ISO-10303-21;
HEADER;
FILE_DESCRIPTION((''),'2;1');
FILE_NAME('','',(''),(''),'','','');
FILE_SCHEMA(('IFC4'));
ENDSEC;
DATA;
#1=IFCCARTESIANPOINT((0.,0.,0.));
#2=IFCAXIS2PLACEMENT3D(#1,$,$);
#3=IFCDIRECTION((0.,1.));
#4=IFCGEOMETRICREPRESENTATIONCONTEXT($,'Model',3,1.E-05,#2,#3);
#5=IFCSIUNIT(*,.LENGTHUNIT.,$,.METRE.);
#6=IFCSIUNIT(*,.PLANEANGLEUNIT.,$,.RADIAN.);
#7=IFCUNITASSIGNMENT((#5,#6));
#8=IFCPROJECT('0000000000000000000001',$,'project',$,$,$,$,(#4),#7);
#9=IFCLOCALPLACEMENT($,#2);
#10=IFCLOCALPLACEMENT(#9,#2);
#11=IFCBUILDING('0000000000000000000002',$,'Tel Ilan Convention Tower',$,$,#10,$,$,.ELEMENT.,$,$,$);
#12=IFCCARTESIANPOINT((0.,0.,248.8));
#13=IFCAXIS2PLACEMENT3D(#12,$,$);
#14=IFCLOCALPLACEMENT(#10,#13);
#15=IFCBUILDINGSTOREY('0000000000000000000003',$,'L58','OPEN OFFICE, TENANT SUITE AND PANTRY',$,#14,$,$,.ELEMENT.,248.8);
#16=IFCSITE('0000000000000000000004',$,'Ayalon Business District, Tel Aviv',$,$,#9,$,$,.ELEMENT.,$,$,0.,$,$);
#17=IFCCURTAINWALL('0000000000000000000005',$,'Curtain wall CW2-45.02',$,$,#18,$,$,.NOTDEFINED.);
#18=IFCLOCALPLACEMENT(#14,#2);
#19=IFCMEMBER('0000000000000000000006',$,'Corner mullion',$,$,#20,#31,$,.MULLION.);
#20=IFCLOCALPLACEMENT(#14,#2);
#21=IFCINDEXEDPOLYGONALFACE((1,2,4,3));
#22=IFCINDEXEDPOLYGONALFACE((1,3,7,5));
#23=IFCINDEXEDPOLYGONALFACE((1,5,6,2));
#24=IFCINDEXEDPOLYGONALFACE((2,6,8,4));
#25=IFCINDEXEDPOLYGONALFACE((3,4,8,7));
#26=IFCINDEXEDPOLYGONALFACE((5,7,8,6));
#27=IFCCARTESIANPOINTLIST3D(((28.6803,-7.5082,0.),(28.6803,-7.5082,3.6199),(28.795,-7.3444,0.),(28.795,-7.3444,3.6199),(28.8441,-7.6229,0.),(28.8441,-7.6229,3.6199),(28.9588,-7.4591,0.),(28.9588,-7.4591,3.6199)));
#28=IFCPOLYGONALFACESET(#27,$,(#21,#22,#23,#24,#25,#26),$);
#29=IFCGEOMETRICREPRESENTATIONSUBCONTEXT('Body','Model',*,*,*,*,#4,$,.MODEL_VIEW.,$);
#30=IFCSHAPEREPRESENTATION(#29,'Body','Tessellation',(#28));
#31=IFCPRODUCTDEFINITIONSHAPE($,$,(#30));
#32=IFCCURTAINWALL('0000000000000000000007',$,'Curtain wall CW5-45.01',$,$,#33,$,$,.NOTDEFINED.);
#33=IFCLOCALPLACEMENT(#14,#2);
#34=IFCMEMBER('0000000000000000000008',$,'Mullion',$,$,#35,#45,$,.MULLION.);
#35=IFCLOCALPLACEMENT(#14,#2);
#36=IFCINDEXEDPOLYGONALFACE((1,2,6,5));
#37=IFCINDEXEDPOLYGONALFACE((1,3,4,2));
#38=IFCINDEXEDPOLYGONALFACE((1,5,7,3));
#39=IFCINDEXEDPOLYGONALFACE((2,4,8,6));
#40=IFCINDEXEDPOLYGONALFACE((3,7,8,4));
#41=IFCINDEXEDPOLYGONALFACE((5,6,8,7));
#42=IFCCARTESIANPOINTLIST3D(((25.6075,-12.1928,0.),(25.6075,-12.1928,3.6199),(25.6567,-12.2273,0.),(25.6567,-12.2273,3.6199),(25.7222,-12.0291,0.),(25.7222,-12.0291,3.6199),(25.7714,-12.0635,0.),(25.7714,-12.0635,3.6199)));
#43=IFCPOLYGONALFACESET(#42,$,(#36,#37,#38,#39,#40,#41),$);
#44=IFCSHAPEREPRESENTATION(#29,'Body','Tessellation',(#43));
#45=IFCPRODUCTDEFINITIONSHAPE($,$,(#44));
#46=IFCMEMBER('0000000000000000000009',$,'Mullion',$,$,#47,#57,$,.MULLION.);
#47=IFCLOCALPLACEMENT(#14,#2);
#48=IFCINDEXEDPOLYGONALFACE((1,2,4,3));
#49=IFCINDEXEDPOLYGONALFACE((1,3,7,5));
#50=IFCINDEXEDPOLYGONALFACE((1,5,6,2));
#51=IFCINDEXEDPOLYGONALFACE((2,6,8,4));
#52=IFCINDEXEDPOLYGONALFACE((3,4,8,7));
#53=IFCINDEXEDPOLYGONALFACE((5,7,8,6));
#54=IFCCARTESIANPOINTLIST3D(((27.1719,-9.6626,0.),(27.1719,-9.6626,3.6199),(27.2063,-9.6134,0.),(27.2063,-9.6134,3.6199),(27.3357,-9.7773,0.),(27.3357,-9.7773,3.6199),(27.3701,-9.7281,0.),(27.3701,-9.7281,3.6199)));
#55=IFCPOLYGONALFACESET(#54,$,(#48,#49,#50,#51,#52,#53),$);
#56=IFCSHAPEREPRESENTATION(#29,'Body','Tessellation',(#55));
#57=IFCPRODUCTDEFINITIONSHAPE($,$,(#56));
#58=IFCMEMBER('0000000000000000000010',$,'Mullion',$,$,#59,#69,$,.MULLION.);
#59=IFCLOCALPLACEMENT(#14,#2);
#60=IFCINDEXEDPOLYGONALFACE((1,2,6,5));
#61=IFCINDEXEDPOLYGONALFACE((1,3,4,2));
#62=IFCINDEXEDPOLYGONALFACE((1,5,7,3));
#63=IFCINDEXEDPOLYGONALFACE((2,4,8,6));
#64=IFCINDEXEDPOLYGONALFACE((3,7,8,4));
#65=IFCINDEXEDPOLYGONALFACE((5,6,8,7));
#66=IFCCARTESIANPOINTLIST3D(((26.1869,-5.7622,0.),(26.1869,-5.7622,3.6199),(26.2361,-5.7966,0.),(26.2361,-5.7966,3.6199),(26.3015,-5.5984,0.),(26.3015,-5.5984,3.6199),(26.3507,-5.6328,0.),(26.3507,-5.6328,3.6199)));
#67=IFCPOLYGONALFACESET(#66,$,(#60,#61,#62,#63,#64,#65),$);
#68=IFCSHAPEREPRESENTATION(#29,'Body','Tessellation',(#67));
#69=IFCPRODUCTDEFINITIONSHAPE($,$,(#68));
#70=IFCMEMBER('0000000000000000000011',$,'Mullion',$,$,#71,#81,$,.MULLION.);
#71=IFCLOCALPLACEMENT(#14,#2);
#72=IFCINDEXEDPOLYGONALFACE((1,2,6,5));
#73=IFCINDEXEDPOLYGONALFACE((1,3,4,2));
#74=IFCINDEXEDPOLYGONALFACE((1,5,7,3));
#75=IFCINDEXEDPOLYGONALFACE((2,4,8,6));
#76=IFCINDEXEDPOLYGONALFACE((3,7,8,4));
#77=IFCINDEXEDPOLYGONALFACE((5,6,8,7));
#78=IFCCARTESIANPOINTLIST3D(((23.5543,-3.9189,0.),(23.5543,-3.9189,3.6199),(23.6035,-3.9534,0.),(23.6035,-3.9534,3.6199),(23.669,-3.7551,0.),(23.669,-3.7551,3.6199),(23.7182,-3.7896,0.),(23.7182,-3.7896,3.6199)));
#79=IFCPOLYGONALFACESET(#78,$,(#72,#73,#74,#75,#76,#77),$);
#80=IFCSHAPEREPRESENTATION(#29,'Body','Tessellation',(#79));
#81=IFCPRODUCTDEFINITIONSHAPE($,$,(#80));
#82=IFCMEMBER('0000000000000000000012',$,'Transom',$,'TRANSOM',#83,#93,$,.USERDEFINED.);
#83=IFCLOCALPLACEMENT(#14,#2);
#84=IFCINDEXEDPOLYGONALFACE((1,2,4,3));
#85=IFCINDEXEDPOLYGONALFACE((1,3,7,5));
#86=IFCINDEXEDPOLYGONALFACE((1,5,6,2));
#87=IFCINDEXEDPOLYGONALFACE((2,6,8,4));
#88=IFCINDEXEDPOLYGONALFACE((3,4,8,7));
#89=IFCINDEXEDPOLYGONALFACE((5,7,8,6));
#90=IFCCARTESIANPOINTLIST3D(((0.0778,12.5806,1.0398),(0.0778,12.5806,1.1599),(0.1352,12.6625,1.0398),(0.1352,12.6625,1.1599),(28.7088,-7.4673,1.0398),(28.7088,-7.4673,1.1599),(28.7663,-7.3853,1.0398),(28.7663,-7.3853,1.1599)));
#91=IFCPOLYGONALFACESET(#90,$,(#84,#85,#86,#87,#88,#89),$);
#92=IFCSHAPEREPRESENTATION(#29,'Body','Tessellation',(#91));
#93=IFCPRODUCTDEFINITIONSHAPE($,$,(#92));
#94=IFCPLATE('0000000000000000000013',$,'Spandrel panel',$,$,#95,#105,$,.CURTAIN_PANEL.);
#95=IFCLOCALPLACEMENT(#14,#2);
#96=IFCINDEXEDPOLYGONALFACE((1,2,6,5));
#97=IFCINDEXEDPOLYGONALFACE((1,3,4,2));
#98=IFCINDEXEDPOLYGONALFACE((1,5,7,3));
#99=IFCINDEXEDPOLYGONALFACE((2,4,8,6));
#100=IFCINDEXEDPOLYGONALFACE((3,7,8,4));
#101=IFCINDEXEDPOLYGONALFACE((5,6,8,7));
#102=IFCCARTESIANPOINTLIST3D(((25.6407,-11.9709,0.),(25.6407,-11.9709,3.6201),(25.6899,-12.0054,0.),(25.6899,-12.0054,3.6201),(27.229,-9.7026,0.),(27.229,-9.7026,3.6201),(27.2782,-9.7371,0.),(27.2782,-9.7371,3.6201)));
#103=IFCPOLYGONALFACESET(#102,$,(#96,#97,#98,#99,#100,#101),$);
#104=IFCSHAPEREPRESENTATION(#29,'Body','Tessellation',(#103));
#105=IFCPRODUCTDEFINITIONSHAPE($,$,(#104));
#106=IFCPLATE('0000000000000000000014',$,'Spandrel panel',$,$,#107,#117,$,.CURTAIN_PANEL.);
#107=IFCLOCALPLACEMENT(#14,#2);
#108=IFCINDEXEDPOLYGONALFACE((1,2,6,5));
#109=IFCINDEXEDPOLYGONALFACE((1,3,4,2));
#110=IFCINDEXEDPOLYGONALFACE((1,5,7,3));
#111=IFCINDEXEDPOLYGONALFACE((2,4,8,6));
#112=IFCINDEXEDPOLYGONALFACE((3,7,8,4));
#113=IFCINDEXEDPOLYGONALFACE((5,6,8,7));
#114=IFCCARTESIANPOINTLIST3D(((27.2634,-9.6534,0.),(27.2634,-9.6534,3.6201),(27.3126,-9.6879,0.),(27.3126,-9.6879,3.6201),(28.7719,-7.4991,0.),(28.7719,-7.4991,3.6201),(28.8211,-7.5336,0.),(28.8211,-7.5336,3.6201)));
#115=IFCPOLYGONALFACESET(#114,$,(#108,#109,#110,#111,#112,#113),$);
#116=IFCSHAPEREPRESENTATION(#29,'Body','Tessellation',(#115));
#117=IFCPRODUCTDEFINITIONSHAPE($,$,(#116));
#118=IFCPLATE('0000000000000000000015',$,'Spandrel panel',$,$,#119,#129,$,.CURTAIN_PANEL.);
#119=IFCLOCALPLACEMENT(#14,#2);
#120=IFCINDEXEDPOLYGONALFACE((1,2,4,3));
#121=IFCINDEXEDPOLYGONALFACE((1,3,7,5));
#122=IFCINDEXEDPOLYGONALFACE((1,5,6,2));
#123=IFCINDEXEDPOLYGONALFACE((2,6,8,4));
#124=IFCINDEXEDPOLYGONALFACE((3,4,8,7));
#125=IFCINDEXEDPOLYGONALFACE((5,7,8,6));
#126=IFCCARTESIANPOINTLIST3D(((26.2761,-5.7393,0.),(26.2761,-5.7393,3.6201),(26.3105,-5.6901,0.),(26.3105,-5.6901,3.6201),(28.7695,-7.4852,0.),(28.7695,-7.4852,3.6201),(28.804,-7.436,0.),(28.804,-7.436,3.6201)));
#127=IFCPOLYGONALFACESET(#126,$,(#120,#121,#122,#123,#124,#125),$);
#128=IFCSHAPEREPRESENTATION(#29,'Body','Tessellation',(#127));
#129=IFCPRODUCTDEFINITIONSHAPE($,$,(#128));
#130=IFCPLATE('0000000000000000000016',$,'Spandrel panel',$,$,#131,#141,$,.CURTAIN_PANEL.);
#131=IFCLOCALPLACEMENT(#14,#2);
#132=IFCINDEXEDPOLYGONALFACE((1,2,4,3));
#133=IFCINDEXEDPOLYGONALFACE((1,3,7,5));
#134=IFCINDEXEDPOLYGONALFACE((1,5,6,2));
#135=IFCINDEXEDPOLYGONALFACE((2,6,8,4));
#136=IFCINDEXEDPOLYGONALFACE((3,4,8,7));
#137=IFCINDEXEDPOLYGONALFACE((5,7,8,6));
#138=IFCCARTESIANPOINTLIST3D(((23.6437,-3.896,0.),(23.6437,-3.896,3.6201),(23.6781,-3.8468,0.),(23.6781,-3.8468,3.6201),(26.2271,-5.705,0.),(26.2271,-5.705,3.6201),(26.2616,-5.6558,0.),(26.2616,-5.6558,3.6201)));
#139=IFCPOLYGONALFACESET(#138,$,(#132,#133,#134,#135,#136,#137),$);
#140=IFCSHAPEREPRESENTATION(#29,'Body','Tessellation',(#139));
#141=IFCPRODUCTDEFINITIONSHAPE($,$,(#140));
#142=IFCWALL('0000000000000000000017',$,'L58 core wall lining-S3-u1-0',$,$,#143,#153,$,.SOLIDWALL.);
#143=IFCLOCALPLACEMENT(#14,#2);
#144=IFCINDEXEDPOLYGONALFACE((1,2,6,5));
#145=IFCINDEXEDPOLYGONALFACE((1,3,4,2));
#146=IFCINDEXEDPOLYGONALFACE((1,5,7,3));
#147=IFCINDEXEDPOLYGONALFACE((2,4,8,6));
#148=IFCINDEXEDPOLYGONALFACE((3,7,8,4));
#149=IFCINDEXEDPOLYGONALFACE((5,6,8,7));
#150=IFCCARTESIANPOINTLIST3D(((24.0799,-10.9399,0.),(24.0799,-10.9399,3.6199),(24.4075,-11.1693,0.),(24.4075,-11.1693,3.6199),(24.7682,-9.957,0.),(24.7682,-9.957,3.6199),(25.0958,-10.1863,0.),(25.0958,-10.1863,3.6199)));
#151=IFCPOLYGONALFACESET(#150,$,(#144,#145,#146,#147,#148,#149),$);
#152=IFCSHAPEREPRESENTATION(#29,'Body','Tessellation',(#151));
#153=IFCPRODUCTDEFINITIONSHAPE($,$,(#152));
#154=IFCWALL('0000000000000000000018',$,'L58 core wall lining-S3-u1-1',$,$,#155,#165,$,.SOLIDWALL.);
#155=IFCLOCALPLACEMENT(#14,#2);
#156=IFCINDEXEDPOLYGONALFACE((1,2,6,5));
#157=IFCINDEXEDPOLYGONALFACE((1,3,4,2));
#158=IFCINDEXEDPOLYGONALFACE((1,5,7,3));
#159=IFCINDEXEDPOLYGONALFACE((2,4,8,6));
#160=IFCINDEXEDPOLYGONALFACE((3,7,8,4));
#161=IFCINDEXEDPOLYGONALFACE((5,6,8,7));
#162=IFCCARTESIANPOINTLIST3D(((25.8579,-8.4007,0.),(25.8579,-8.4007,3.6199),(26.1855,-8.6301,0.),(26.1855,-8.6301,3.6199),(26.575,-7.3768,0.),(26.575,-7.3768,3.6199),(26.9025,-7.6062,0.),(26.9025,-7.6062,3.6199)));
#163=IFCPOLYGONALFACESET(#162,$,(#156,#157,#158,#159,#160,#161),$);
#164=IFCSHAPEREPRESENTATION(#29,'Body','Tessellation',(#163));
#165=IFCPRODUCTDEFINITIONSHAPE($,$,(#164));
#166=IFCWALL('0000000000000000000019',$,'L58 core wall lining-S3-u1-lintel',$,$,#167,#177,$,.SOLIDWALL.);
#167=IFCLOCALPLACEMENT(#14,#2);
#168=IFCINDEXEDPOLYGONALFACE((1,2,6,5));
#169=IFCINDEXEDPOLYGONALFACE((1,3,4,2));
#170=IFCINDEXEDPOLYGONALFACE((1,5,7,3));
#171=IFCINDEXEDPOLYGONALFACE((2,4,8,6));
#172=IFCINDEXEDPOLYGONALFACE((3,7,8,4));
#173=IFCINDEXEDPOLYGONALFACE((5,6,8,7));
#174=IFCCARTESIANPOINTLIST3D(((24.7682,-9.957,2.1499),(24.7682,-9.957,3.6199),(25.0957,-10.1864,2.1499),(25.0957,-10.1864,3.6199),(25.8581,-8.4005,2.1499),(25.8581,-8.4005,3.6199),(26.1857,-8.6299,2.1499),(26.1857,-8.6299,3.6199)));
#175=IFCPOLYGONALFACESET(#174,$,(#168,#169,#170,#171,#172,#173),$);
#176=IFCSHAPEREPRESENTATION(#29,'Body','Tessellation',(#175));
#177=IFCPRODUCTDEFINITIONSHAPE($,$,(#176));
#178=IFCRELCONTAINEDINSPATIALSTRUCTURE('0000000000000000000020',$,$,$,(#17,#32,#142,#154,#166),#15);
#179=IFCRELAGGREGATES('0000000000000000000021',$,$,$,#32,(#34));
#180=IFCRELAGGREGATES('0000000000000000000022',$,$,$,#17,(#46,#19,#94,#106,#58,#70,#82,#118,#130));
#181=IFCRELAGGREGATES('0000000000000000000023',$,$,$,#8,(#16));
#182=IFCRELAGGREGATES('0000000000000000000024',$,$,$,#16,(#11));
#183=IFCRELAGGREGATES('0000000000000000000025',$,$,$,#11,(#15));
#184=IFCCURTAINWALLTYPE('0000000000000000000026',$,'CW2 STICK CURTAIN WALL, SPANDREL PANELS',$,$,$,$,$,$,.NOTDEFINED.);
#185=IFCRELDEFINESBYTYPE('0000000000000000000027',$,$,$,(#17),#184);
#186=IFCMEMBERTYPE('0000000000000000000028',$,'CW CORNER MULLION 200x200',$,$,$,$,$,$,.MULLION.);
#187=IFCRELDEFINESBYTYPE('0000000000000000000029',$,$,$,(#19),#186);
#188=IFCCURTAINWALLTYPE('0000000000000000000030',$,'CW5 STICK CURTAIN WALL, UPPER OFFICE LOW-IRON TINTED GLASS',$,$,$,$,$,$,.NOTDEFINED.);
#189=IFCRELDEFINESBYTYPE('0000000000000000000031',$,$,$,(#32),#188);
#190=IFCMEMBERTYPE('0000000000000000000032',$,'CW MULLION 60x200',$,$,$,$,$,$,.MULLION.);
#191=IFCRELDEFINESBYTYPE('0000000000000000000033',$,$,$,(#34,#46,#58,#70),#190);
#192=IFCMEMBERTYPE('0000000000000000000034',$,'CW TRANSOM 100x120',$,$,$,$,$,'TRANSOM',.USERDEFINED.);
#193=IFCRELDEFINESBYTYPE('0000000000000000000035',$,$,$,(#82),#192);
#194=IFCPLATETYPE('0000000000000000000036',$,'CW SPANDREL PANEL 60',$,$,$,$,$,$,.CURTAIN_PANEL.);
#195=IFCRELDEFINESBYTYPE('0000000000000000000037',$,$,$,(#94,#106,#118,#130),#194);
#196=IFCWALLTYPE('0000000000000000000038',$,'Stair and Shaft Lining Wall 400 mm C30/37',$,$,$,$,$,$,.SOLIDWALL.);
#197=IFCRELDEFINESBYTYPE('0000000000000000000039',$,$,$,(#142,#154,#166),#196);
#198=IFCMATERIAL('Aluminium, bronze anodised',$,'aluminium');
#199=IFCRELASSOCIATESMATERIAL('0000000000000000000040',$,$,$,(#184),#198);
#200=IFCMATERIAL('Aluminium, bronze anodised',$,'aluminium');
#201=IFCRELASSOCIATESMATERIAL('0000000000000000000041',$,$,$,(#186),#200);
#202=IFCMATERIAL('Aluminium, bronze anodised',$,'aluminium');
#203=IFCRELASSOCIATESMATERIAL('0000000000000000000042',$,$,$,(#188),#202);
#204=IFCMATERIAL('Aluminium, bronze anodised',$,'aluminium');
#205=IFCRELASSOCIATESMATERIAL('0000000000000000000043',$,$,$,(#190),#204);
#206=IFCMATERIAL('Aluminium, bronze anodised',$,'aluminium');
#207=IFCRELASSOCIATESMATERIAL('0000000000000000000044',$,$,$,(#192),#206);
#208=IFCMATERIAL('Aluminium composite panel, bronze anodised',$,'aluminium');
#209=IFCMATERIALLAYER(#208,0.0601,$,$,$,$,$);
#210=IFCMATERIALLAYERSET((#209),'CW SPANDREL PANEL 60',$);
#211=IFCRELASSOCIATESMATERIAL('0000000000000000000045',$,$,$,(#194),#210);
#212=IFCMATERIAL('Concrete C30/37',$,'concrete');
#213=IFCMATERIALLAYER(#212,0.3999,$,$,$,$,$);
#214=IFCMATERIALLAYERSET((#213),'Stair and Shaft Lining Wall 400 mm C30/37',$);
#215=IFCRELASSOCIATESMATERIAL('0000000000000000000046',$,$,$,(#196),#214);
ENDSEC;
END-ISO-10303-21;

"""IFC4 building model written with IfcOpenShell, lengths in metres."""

from ifc_helpers import new_model, si_unit, direction, frame, frame_2d, origin, origin_2d, place, context, subcontext, project, spatial, rectangle, extrude, material, layer, layer_set, material_profile, profile_set, type_object, element, aggregate, save


model = new_model("IFC4")

# Units and contexts
model_context = context("Model", 3, precision=1e-05, world=origin(), true_north=direction((0.0, 1.0)))
body_context = subcontext(model_context, "Body", "Model", "MODEL_VIEW")
ifc_project = project(units=[si_unit("LENGTHUNIT", "METRE"), si_unit("PLANEANGLEUNIT", "RADIAN")], contexts=[model_context])

# Site, building, storey
site_placement = place(None, origin())
site = spatial("IfcSite", under=ifc_project, at=site_placement, Name="Ayalon Business District, Tel Aviv", CompositionType="ELEMENT", RefElevation=0.0)
building_placement = place(site_placement, origin())
building = spatial("IfcBuilding", under=site, at=building_placement, Name="Tel Ilan Convention Tower", CompositionType="ELEMENT")
storey_placement = place(building_placement, frame((0.0, 0.0, 248.8)))
storey = spatial("IfcBuildingStorey", under=building, at=storey_placement, Name="L58", Description="OPEN OFFICE, TENANT SUITE AND PANTRY", CompositionType="ELEMENT", Elevation=248.8)

# Curtain walls, members
ifc_material_1 = material(Name="Aluminium, bronze anodised", Category="aluminium")
curtain_wall_type_1 = type_object("IfcCurtainWallType", Name="CW2 STICK CURTAIN WALL, SPANDREL PANELS", PredefinedType="NOTDEFINED", material=ifc_material_1)
curtain_wall_1_placement = place(storey_placement, origin())
curtain_wall_1 = element("IfcCurtainWall", 1, at=curtain_wall_1_placement, inside=storey, type_object=curtain_wall_type_1, Name="Curtain wall CW2-45.02", PredefinedType="NOTDEFINED")
ifc_material_2 = material(Name="Aluminium, bronze anodised", Category="aluminium")
ifc_material_profile_1 = material_profile(ifc_material_2, rectangle(XDim=0.2, YDim=0.2, at=origin_2d()), Name="CW CORNER MULLION 200x200")
ifc_profile_set_1 = profile_set([ifc_material_profile_1], Name="Aluminium, bronze anodised")
member_type_1 = type_object("IfcMemberType", Name="CW CORNER MULLION 200x200", PredefinedType="MULLION", material=ifc_profile_set_1)
member_1_placement = place(storey_placement, frame((28.8196, -7.4836, 0.0), z_axis=(0.0, 0.0, 1.0), x_axis=(0.573576, 0.819152, 0.0)))
member_1 = element("IfcMember", 2, at=member_1_placement, type_object=member_type_1, Name="Corner mullion", PredefinedType="MULLION", context=body_context, shape_type="SweptSolid", body=[
    extrude(rectangle(XDim=0.2, YDim=0.2, at=origin_2d()), origin(), (0.0, 0.0, 1.0), 3.6199),
])
ifc_material_3 = material(Name="Aluminium, bronze anodised", Category="aluminium")
curtain_wall_type_2 = type_object("IfcCurtainWallType", Name="CW5 STICK CURTAIN WALL, UPPER OFFICE LOW-IRON TINTED GLASS", PredefinedType="NOTDEFINED", material=ifc_material_3)
curtain_wall_2_placement = place(storey_placement, origin())
curtain_wall_2 = element("IfcCurtainWall", 3, at=curtain_wall_2_placement, inside=storey, type_object=curtain_wall_type_2, Name="Curtain wall CW5-45.01", PredefinedType="NOTDEFINED")
ifc_material_4 = material(Name="Aluminium, bronze anodised", Category="aluminium")
ifc_material_profile_2 = material_profile(ifc_material_4, rectangle(XDim=0.0601, YDim=0.2, at=origin_2d()), Name="CW MULLION 60x200")
ifc_profile_set_2 = profile_set([ifc_material_profile_2], Name="Aluminium, bronze anodised")
member_type_2 = type_object("IfcMemberType", Name="CW MULLION 60x200", PredefinedType="MULLION", material=ifc_profile_set_2)
member_2_placement = place(storey_placement, frame((25.6895, -12.1282, 0.0), z_axis=(0.0, 0.0, 1.0), x_axis=(-0.819152, 0.573576, 0.0)))
member_2 = element("IfcMember", 4, at=member_2_placement, type_object=member_type_2, Name="Mullion", PredefinedType="MULLION", context=body_context, shape_type="SweptSolid", body=[
    extrude(rectangle(XDim=0.0601, YDim=0.2, at=origin_2d()), origin(), (0.0, 0.0, 1.0), 3.6199),
])
aggregate(curtain_wall_2, [member_2])

# Members
member_3_placement = place(storey_placement, frame((27.271, -9.6953, 0.0), z_axis=(0.0, 0.0, 1.0), x_axis=(0.573576, 0.819152, 0.0)))
member_3 = element("IfcMember", 5, at=member_3_placement, type_object=member_type_2, Name="Mullion", PredefinedType="MULLION", context=body_context, shape_type="SweptSolid", body=[
    extrude(rectangle(XDim=0.0601, YDim=0.2, at=origin_2d()), origin(), (0.0, 0.0, 1.0), 3.6199),
])
member_4_placement = place(storey_placement, frame((26.2688, -5.6975, 0.0), z_axis=(0.0, 0.0, 1.0), x_axis=(-0.819152, 0.573576, 0.0)))
member_4 = element("IfcMember", 6, at=member_4_placement, type_object=member_type_2, Name="Mullion", PredefinedType="MULLION", context=body_context, shape_type="SweptSolid", body=[
    extrude(rectangle(XDim=0.0601, YDim=0.2, at=origin_2d()), origin(), (0.0, 0.0, 1.0), 3.6199),
])
member_5_placement = place(storey_placement, frame((23.6362, -3.8542, 0.0), z_axis=(0.0, 0.0, 1.0), x_axis=(-0.819152, 0.573576, 0.0)))
member_5 = element("IfcMember", 7, at=member_5_placement, type_object=member_type_2, Name="Mullion", PredefinedType="MULLION", context=body_context, shape_type="SweptSolid", body=[
    extrude(rectangle(XDim=0.0601, YDim=0.2, at=origin_2d()), origin(), (0.0, 0.0, 1.0), 3.6199),
])
ifc_material_5 = material(Name="Aluminium, bronze anodised", Category="aluminium")
ifc_material_profile_3 = material_profile(ifc_material_5, rectangle(XDim=0.1001, YDim=0.1201, at=origin_2d()), Name="CW TRANSOM 100x120")
ifc_profile_set_3 = profile_set([ifc_material_profile_3], Name="Aluminium, bronze anodised")
member_type_3 = type_object("IfcMemberType", Name="CW TRANSOM 100x120", ElementType="TRANSOM", PredefinedType="USERDEFINED", material=ifc_profile_set_3)
member_6_placement = place(storey_placement, frame((28.7375, -7.4263, 1.0999), z_axis=(-0.81915, 0.573579, 0.0), x_axis=(-0.573579, -0.81915, 0.0)))
member_6 = element("IfcMember", 8, at=member_6_placement, type_object=member_type_3, Name="Transom", ObjectType="TRANSOM", PredefinedType="USERDEFINED", context=body_context, shape_type="SweptSolid", body=[
    extrude(rectangle(XDim=0.1001, YDim=0.1201, at=origin_2d()), origin(), (0.0, 0.0, 1.0), 34.9521),
])

# Plates
ifc_material_6 = material(Name="Aluminium composite panel, bronze anodised", Category="aluminium")
ifc_layer_1 = layer(ifc_material_6, 0.0601)
ifc_layer_set_1 = layer_set([ifc_layer_1], Name="CW SPANDREL PANEL 60")
plate_type = type_object("IfcPlateType", Name="CW SPANDREL PANEL 60", PredefinedType="CURTAIN_PANEL", material=ifc_layer_set_1)
plate_1_placement = place(storey_placement, frame((26.4595, -10.854, 0.0), z_axis=(0.0, 0.0, 1.0), x_axis=(0.573576, 0.819152, 0.0)))
plate_1 = element("IfcPlate", 9, at=plate_1_placement, type_object=plate_type, Name="Spandrel panel", PredefinedType="CURTAIN_PANEL", context=body_context, shape_type="SweptSolid", body=[
    extrude(rectangle(XDim=2.769, YDim=0.0601, at=origin_2d()), origin(), (0.0, 0.0, 1.0), 3.6201),
])
plate_2_placement = place(storey_placement, frame((28.0422, -8.5935, 0.0), z_axis=(0.0, 0.0, 1.0), x_axis=(0.573576, 0.819152, 0.0)))
plate_2 = element("IfcPlate", 10, at=plate_2_placement, type_object=plate_type, Name="Spandrel panel", PredefinedType="CURTAIN_PANEL", context=body_context, shape_type="SweptSolid", body=[
    extrude(rectangle(XDim=2.6299, YDim=0.0601, at=origin_2d()), origin(), (0.0, 0.0, 1.0), 3.6201),
])
plate_3_placement = place(storey_placement, frame((27.54, -6.5876, 0.0), z_axis=(0.0, 0.0, 1.0), x_axis=(-0.819152, 0.573576, 0.0)))
plate_3 = element("IfcPlate", 11, at=plate_3_placement, type_object=plate_type, Name="Spandrel panel", PredefinedType="CURTAIN_PANEL", context=body_context, shape_type="SweptSolid", body=[
    extrude(rectangle(XDim=3.0439, YDim=0.0601, at=origin_2d()), origin(), (0.0, 0.0, 1.0), 3.6201),
])
plate_4_placement = place(storey_placement, frame((24.9526, -4.7759, 0.0), z_axis=(0.0, 0.0, 1.0), x_axis=(-0.819152, 0.573576, 0.0)))
plate_4 = element("IfcPlate", 12, at=plate_4_placement, type_object=plate_type, Name="Spandrel panel", PredefinedType="CURTAIN_PANEL", context=body_context, shape_type="SweptSolid", body=[
    extrude(rectangle(XDim=3.1538, YDim=0.0601, at=origin_2d()), origin(), (0.0, 0.0, 1.0), 3.6201),
])
aggregate(curtain_wall_1, [member_3, member_1, plate_1, plate_2, member_4, member_5, member_6, plate_3, plate_4])

# Walls
ifc_material_7 = material(Name="Concrete C30/37", Category="concrete")
ifc_layer_2 = layer(ifc_material_7, 0.3999)
ifc_layer_set_2 = layer_set([ifc_layer_2], Name="Stair and Shaft Lining Wall 400 mm C30/37")
wall_type = type_object("IfcWallType", Name="Stair and Shaft Lining Wall 400 mm C30/37", PredefinedType="SOLIDWALL", material=ifc_layer_set_2)
wall_1_placement = place(storey_placement, frame((24.2437, -11.0547, 0.0), z_axis=(0.0, 0.0, 1.0), x_axis=(0.573572, 0.819155, 0.0)))
element("IfcWall", 13, at=wall_1_placement, inside=storey, type_object=wall_type, Name="L58 core wall lining-S3-u1-0", PredefinedType="SOLIDWALL", context=body_context, shape_type="SweptSolid", body=[
    extrude(rectangle(XDim=1.2, YDim=0.3999, at=frame_2d((0.6001, 0.0))), origin(), (0.0, 0.0, 1.0), 3.6199),
])
wall_2_placement = place(storey_placement, frame((26.0217, -8.5154, 0.0), z_axis=(0.0, 0.0, 1.0), x_axis=(0.57362, 0.819122, 0.0)))
element("IfcWall", 14, at=wall_2_placement, inside=storey, type_object=wall_type, Name="L58 core wall lining-S3-u1-1", PredefinedType="SOLIDWALL", context=body_context, shape_type="SweptSolid", body=[
    extrude(rectangle(XDim=1.25, YDim=0.3999, at=frame_2d((0.625, 0.0))), origin(), (0.0, 0.0, 1.0), 3.6199),
])
wall_3_placement = place(storey_placement, frame((24.9319, -10.0718, 2.1499), z_axis=(0.0, 0.0, 1.0), x_axis=(0.573592, 0.819141, 0.0)))
element("IfcWall", 15, at=wall_3_placement, inside=storey, type_object=wall_type, Name="L58 core wall lining-S3-u1-lintel", PredefinedType="SOLIDWALL", context=body_context, shape_type="SweptSolid", body=[
    extrude(rectangle(XDim=1.9001, YDim=0.3999, at=frame_2d((0.9502, 0.0))), origin(), (0.0, 0.0, 1.0), 1.47),
])

save(model, "model.ifc")
